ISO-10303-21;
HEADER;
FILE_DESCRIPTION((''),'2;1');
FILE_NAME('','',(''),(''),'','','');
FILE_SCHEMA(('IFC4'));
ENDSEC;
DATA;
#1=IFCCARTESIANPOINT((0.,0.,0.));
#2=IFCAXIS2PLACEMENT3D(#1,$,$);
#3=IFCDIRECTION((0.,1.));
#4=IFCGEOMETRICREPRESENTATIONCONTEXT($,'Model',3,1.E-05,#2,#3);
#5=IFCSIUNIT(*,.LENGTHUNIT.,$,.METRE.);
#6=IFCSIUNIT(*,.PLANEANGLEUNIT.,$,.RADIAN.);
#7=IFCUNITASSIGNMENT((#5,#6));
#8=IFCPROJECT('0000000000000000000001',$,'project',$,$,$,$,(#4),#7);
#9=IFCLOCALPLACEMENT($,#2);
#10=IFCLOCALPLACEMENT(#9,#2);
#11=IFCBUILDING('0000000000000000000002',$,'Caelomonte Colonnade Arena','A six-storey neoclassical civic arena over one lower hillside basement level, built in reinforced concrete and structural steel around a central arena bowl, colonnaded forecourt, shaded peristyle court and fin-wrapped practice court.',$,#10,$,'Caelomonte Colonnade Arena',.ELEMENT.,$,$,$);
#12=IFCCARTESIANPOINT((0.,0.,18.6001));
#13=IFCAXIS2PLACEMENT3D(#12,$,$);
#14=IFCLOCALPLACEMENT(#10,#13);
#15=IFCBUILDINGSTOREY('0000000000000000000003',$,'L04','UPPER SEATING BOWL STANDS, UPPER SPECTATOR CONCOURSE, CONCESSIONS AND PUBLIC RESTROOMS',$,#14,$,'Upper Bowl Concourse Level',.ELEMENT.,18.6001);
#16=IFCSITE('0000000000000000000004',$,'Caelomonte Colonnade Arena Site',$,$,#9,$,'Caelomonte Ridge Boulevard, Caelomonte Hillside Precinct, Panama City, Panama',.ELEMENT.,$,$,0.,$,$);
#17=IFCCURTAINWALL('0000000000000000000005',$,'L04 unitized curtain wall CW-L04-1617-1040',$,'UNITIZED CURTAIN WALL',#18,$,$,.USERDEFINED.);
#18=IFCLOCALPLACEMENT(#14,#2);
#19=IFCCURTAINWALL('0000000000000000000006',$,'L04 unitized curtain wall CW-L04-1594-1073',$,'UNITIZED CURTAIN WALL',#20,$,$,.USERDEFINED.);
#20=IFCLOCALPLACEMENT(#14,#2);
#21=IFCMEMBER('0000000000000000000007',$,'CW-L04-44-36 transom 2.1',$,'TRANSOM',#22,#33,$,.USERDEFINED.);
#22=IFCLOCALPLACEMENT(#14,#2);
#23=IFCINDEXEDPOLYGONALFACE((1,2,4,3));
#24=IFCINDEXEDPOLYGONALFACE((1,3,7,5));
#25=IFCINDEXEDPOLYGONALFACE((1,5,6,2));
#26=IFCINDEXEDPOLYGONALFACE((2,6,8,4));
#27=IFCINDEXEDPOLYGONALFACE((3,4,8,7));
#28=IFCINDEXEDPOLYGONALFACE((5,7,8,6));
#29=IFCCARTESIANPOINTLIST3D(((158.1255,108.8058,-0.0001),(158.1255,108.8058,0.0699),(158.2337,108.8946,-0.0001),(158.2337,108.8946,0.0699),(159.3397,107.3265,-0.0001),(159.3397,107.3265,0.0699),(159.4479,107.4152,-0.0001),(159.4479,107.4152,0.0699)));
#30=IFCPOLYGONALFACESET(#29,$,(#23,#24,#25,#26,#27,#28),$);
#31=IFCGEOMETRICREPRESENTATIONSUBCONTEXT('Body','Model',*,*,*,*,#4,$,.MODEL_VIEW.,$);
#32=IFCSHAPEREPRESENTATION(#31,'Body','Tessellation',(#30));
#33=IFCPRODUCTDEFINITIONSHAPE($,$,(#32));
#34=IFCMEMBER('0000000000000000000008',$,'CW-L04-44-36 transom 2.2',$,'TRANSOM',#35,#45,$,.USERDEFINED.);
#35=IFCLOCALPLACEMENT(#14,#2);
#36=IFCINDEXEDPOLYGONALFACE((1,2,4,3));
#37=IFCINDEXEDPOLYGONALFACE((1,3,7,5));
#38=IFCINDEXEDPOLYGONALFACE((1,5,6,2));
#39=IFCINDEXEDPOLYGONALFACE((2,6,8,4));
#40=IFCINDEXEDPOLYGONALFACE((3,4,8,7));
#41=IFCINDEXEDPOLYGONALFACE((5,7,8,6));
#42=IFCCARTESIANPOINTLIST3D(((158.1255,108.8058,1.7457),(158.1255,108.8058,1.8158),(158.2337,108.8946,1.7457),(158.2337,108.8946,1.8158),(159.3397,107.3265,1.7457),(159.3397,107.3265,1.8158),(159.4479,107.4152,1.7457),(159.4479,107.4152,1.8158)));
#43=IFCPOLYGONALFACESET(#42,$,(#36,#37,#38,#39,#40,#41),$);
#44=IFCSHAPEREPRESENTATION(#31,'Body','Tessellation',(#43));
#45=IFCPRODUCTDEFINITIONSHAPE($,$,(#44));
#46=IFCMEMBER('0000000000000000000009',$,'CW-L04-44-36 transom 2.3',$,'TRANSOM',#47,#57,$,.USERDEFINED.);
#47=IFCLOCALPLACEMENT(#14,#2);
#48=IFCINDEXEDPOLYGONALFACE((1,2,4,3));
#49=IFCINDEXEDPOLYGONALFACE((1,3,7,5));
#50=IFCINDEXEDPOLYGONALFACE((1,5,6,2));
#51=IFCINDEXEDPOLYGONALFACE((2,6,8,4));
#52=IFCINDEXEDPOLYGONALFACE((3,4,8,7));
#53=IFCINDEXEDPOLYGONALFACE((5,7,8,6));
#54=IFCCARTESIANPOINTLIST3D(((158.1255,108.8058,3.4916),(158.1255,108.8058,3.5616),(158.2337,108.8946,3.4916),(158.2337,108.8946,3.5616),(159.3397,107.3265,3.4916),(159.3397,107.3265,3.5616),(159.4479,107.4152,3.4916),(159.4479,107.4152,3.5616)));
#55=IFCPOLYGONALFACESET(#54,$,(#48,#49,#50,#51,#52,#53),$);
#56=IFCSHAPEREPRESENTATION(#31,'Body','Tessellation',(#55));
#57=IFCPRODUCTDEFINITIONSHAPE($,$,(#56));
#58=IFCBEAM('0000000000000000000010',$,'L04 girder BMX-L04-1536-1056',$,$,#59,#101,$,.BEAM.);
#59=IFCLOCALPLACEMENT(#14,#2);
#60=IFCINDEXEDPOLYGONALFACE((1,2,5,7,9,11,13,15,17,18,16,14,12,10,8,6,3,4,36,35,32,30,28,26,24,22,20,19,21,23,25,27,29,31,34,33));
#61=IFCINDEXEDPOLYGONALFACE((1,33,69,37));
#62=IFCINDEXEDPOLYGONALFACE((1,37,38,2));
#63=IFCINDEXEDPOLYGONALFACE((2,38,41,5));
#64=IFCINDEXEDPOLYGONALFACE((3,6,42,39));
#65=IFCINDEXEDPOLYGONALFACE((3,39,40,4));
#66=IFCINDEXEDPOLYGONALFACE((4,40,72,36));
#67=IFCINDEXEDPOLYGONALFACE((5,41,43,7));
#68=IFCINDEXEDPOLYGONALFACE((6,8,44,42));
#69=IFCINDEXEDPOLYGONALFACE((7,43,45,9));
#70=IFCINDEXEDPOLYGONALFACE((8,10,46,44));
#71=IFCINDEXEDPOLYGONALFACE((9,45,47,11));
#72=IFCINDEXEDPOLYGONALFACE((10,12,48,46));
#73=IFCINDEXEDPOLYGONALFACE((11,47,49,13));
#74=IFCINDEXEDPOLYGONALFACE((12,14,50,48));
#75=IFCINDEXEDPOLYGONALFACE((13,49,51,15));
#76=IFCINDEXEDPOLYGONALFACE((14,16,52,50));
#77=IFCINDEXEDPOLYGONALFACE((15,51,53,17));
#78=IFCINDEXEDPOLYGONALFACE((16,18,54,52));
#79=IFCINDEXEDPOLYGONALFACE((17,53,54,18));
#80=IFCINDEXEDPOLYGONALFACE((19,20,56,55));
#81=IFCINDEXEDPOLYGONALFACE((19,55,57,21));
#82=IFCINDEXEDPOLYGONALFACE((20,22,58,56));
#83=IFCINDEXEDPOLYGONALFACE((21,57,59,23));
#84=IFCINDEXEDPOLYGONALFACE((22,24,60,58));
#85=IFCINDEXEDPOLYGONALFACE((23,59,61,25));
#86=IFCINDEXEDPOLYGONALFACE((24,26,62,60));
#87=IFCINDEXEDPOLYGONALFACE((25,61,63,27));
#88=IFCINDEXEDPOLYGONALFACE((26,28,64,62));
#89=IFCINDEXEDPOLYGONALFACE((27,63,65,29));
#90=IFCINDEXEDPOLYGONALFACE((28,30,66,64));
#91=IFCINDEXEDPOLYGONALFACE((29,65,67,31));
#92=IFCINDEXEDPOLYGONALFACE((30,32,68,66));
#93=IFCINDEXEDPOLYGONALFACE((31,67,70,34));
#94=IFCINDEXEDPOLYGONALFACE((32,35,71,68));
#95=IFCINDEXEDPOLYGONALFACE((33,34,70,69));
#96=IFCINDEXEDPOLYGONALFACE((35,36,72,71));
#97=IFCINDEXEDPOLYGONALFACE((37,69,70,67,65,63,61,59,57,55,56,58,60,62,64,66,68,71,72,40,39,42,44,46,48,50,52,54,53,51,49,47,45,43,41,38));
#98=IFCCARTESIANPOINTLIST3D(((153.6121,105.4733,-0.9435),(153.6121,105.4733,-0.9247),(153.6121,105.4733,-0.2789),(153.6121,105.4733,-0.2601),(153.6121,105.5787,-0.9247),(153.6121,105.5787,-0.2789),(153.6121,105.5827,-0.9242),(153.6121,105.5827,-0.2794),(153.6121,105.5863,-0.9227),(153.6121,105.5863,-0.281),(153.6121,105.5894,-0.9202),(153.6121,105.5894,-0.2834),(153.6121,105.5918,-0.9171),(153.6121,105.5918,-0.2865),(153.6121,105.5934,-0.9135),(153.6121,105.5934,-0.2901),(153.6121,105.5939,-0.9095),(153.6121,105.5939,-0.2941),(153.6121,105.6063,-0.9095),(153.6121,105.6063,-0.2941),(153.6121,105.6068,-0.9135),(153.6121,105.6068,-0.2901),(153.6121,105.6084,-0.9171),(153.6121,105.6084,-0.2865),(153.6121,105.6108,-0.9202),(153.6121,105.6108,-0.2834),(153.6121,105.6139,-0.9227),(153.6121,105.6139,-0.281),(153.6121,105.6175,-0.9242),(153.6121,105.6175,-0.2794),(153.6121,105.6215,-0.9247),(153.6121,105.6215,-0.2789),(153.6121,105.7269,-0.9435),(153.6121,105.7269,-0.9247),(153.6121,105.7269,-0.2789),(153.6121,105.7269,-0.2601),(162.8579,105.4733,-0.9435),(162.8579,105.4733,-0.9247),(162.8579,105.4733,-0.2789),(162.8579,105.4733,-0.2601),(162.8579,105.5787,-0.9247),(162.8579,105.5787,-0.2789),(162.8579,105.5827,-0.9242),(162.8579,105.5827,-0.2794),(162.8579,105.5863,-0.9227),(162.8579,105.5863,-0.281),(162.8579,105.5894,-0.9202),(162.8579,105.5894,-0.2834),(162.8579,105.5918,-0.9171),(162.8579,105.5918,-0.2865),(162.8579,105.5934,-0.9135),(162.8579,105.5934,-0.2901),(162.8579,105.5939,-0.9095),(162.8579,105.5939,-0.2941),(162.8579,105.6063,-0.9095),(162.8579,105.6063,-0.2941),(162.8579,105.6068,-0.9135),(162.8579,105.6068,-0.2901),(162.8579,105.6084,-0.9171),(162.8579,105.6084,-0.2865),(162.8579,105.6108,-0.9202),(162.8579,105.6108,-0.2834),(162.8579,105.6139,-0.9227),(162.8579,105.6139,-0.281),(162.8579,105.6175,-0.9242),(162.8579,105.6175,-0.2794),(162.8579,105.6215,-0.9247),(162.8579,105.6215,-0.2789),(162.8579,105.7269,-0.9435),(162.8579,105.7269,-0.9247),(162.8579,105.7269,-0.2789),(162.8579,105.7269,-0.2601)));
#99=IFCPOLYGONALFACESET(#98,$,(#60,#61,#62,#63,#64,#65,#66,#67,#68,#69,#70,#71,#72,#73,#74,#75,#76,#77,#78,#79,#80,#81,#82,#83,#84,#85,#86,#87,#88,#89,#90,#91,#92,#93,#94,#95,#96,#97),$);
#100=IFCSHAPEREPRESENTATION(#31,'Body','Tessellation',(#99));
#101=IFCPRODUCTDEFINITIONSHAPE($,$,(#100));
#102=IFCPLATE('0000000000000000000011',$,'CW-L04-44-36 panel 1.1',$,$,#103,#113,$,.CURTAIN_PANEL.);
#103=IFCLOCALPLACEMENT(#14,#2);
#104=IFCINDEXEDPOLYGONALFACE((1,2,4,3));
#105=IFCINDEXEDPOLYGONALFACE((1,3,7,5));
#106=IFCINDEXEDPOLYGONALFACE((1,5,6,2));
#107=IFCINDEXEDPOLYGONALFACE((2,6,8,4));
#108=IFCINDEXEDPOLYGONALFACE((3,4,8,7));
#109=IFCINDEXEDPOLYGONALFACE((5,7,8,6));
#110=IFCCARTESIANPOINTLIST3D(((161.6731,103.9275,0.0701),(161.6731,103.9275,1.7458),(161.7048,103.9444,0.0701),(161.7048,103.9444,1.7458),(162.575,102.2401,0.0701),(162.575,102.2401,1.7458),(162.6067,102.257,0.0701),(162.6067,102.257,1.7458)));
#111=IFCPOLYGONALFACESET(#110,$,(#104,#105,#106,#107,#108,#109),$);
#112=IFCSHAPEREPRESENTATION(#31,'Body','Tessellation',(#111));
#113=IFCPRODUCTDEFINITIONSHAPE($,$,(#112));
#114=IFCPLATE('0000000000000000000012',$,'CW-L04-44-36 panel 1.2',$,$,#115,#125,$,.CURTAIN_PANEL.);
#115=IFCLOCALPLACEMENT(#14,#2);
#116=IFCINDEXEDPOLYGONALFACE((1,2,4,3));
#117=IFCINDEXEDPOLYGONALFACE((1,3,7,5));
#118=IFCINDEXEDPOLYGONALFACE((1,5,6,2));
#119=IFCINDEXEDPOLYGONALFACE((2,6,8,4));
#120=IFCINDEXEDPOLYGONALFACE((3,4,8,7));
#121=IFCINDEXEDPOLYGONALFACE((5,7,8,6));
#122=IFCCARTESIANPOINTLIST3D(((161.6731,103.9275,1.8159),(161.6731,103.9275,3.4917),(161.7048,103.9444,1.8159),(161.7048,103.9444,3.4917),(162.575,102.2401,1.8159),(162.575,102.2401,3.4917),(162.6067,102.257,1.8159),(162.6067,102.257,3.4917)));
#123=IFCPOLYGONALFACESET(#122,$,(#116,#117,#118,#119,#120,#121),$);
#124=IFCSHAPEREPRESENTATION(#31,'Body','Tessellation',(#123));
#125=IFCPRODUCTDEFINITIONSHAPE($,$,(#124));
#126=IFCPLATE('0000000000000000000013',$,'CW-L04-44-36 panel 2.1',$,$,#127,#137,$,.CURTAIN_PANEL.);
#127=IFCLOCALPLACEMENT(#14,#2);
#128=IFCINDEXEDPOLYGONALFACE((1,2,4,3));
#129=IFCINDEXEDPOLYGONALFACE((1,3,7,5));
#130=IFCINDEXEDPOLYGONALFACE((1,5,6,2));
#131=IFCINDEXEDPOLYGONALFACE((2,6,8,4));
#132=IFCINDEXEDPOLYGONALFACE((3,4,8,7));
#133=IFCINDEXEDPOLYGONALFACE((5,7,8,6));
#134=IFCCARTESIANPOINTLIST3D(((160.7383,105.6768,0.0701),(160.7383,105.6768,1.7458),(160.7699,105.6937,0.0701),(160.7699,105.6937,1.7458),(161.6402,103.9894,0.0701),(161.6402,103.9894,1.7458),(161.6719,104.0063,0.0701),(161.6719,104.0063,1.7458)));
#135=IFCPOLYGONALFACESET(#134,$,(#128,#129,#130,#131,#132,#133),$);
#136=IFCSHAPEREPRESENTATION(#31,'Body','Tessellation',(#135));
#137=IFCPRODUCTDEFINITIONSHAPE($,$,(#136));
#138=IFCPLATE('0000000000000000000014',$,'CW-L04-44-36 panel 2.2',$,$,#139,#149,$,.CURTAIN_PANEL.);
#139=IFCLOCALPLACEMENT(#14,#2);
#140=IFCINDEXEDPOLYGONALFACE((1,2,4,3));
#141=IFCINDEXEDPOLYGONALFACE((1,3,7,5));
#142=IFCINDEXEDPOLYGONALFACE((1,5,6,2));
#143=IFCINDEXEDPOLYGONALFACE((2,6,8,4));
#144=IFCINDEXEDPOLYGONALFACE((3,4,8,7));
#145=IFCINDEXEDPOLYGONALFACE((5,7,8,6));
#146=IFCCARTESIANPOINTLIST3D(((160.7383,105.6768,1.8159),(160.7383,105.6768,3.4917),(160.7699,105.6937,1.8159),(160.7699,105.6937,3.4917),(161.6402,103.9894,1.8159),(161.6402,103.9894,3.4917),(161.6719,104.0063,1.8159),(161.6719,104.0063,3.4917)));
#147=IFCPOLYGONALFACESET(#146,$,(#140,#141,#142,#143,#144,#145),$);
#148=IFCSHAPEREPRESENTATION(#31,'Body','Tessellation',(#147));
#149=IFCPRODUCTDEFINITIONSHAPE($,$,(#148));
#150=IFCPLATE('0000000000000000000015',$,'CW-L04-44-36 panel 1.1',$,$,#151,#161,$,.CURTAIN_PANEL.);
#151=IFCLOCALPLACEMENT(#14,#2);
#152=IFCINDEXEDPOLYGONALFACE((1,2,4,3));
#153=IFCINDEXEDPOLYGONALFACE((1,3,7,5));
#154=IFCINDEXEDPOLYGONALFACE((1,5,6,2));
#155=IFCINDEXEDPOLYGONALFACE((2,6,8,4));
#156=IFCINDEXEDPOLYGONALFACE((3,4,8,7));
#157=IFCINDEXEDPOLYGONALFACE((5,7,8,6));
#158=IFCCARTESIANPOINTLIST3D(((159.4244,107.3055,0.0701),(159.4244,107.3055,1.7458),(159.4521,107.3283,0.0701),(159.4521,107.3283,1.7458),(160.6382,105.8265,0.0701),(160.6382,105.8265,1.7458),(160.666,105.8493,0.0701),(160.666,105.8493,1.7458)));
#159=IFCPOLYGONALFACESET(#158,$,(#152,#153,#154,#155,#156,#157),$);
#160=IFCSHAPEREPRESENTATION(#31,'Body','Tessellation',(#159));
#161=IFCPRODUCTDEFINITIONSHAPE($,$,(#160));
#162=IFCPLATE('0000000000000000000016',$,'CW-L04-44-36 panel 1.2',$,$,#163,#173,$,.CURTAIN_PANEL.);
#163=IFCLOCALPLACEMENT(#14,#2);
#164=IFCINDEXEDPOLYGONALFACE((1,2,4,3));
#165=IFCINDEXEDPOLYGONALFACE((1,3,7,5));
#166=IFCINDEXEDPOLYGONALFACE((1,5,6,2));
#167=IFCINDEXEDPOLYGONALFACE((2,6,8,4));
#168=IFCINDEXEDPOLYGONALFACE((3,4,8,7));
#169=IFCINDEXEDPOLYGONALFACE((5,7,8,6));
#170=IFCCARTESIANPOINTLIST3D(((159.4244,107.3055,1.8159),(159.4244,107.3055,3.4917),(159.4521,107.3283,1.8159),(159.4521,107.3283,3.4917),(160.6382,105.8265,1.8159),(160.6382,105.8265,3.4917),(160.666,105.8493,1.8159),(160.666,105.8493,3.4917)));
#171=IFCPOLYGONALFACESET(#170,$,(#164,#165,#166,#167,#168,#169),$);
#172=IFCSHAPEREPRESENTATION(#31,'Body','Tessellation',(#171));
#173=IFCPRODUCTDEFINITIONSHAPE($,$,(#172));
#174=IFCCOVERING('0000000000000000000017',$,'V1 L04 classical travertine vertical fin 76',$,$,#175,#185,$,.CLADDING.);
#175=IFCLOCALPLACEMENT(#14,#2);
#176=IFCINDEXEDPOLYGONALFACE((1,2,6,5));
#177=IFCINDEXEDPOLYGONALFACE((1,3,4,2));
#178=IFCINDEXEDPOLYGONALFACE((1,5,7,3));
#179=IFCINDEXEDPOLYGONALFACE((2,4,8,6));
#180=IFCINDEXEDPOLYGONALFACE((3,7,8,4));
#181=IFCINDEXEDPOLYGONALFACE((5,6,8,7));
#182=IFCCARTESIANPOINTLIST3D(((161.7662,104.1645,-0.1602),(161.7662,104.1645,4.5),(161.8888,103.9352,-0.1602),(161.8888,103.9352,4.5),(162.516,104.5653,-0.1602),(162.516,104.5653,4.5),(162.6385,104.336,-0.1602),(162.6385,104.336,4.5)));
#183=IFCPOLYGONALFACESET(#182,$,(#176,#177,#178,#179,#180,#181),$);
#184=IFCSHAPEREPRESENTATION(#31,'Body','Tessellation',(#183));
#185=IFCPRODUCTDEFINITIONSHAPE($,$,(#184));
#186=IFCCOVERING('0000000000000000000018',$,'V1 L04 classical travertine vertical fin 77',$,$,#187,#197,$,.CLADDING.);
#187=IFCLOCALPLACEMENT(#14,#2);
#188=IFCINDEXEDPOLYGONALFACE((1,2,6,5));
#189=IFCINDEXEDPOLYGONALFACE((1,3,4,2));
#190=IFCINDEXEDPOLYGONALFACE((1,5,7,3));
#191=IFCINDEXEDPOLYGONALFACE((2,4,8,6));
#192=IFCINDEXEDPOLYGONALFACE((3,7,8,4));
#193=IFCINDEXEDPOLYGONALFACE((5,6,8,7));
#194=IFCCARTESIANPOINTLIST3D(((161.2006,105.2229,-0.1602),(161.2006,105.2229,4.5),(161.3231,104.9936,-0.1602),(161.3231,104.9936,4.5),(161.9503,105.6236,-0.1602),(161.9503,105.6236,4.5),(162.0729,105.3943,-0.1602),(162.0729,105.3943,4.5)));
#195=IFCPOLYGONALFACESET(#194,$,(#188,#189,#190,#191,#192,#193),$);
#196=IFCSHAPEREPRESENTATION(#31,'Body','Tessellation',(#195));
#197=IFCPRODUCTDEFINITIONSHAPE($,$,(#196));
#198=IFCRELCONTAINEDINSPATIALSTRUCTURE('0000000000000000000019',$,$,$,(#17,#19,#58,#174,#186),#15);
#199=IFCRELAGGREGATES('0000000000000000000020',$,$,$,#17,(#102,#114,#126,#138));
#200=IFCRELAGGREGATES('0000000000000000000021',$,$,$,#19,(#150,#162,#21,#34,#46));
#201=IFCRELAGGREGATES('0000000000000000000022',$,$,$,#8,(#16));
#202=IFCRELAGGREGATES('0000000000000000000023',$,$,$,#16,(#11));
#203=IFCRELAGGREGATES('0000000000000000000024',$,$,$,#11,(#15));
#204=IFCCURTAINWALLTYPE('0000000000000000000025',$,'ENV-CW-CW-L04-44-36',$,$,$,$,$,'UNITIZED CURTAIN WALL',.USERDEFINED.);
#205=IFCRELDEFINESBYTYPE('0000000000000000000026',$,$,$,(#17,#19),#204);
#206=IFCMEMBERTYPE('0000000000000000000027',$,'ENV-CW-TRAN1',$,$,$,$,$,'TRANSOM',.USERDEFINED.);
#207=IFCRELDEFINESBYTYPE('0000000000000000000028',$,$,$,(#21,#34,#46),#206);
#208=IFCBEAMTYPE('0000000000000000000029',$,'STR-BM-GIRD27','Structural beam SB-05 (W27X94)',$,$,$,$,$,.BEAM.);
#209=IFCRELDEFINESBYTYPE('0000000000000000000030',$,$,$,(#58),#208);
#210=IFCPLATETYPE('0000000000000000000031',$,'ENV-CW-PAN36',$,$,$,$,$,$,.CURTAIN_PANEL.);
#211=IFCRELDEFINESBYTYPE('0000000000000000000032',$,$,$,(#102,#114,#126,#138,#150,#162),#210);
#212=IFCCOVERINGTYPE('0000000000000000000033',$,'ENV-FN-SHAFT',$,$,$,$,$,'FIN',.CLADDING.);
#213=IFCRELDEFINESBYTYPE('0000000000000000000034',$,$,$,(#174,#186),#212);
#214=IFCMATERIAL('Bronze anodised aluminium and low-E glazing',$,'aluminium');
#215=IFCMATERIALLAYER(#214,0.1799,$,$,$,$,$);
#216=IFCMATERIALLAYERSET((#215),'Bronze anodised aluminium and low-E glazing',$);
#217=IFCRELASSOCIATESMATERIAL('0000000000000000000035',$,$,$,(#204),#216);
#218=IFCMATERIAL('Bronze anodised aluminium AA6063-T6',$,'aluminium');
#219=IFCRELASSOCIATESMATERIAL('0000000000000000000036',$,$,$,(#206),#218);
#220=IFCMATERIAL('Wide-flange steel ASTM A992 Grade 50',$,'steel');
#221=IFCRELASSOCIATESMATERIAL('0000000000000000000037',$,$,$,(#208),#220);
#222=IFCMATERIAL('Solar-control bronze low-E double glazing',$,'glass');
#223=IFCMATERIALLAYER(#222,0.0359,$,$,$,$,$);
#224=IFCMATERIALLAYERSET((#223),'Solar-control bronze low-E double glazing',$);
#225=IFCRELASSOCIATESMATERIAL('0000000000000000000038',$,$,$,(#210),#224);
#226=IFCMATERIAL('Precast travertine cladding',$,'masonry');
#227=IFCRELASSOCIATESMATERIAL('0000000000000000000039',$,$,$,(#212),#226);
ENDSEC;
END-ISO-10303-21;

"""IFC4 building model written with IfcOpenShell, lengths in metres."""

from ifc_helpers import new_model, si_unit, direction, frame, origin, origin_2d, place, context, subcontext, project, spatial, rectangle, i_section, extrude, material, layer, layer_set, material_profile, profile_set, type_object, element, aggregate, save


model = new_model("IFC4")

# Units and contexts
model_context = context("Model", 3, precision=1e-05, world=origin(), true_north=direction((0.0, 1.0)))
body_context = subcontext(model_context, "Body", "Model", "MODEL_VIEW")
ifc_project = project(units=[si_unit("LENGTHUNIT", "METRE"), si_unit("PLANEANGLEUNIT", "RADIAN")], contexts=[model_context])

# Site, building, storey
site_placement = place(None, origin())
site = spatial("IfcSite", under=ifc_project, at=site_placement, Name="Caelomonte Colonnade Arena Site", LongName="Caelomonte Ridge Boulevard, Caelomonte Hillside Precinct, Panama City, Panama", CompositionType="ELEMENT", RefElevation=0.0)
building_placement = place(site_placement, origin())
building = spatial("IfcBuilding", under=site, at=building_placement, Name="Caelomonte Colonnade Arena", Description="A six-storey neoclassical civic arena over one lower hillside basement level, built in reinforced concrete and structural steel around a central arena bowl, colonnaded forecourt, shaded peristyle court and fin-wrapped practice court.", LongName="Caelomonte Colonnade Arena", CompositionType="ELEMENT")
storey_placement = place(building_placement, frame((0.0, 0.0, 18.6001)))
storey = spatial("IfcBuildingStorey", under=building, at=storey_placement, Name="L04", Description="UPPER SEATING BOWL STANDS, UPPER SPECTATOR CONCOURSE, CONCESSIONS AND PUBLIC RESTROOMS", LongName="Upper Bowl Concourse Level", CompositionType="ELEMENT", Elevation=18.6001)

# Curtain walls
ifc_material_1 = material(Name="Bronze anodised aluminium and low-E glazing", Category="aluminium")
ifc_layer_1 = layer(ifc_material_1, 0.1799)
ifc_layer_set_1 = layer_set([ifc_layer_1], Name="Bronze anodised aluminium and low-E glazing")
curtain_wall_type = type_object("IfcCurtainWallType", Name="ENV-CW-CW-L04-44-36", ElementType="UNITIZED CURTAIN WALL", PredefinedType="USERDEFINED", material=ifc_layer_set_1)
curtain_wall_1_placement = place(storey_placement, origin())
curtain_wall_1 = element("IfcCurtainWall", 1, at=curtain_wall_1_placement, inside=storey, type_object=curtain_wall_type, Name="L04 unitized curtain wall CW-L04-1617-1040", ObjectType="UNITIZED CURTAIN WALL", PredefinedType="USERDEFINED")
ifc_material_2 = material(Name="Bronze anodised aluminium AA6063-T6", Category="aluminium")
curtain_wall_2_placement = place(storey_placement, origin())
curtain_wall_2 = element("IfcCurtainWall", 2, at=curtain_wall_2_placement, inside=storey, type_object=curtain_wall_type, Name="L04 unitized curtain wall CW-L04-1594-1073", ObjectType="UNITIZED CURTAIN WALL", PredefinedType="USERDEFINED")

# Members
ifc_material_profile_1 = material_profile(ifc_material_2, rectangle(XDim=0.0701, YDim=0.1399, at=origin_2d()), Name="CWT-70X140")
ifc_profile_set_1 = profile_set([ifc_material_profile_1], Name="Bronze anodised aluminium AA6063-T6")
member_type_1 = type_object("IfcMemberType", Name="ENV-CW-TRAN1", ElementType="TRANSOM", PredefinedType="USERDEFINED", material=ifc_profile_set_1)
member_1_placement = place(storey_placement, frame((159.3938, 107.3708, 0.0349), z_axis=(-0.634432, 0.772979, 0.0), x_axis=(0.0, 0.0, 1.0)))
member_1 = element("IfcMember", 3, at=member_1_placement, type_object=member_type_1, Name="CW-L04-44-36 transom 2.1", ObjectType="TRANSOM", PredefinedType="USERDEFINED", context=body_context, shape_type="SweptSolid", body=[
    extrude(rectangle(XDim=0.0701, YDim=0.1399, at=origin_2d()), origin(), (0.0, 0.0, 1.0), 1.9138),
])
member_2_placement = place(storey_placement, frame((159.3938, 107.3708, 1.7808), z_axis=(-0.634432, 0.772979, 0.0), x_axis=(0.0, 0.0, 1.0)))
member_2 = element("IfcMember", 4, at=member_2_placement, type_object=member_type_1, Name="CW-L04-44-36 transom 2.2", ObjectType="TRANSOM", PredefinedType="USERDEFINED", context=body_context, shape_type="SweptSolid", body=[
    extrude(rectangle(XDim=0.0701, YDim=0.1399, at=origin_2d()), origin(), (0.0, 0.0, 1.0), 1.9138),
])
member_3_placement = place(storey_placement, frame((159.3938, 107.3708, 3.5266), z_axis=(-0.634432, 0.772979, 0.0), x_axis=(0.0, 0.0, 1.0)))
member_3 = element("IfcMember", 5, at=member_3_placement, type_object=member_type_1, Name="CW-L04-44-36 transom 2.3", ObjectType="TRANSOM", PredefinedType="USERDEFINED", context=body_context, shape_type="SweptSolid", body=[
    extrude(rectangle(XDim=0.0701, YDim=0.1399, at=origin_2d()), origin(), (0.0, 0.0, 1.0), 1.9138),
])

# Beam
ifc_material_3 = material(Name="Wide-flange steel ASTM A992 Grade 50", Category="steel")
ifc_material_profile_2 = material_profile(ifc_material_3, i_section(OverallWidth=0.2537, OverallDepth=0.6833, WebThickness=0.0125, FlangeThickness=0.0188, FilletRadius=0.0151, at=origin_2d()), Name="W27X94")
ifc_profile_set_2 = profile_set([ifc_material_profile_2], Name="Wide-flange steel ASTM A992 Grade 50")
beam_type = type_object("IfcBeamType", Name="STR-BM-GIRD27", Description="Structural beam SB-05 (W27X94)", PredefinedType="BEAM", material=ifc_profile_set_2)
beam_placement = place(storey_placement, frame((153.6121, 105.6001, -0.6018), z_axis=(1.0, 0.0, 0.0), x_axis=(0.0, 1.0, 0.0)))
element("IfcBeam", 6, at=beam_placement, inside=storey, type_object=beam_type, Name="L04 girder BMX-L04-1536-1056", PredefinedType="BEAM", context=body_context, shape_type="SweptSolid", body=[
    extrude(i_section(OverallWidth=0.2537, OverallDepth=0.6833, WebThickness=0.0125, FlangeThickness=0.0188, FilletRadius=0.0151, at=origin_2d()), origin(), (0.0, 0.0, 1.0), 9.2458),
])

# Plates
ifc_material_4 = material(Name="Solar-control bronze low-E double glazing", Category="glass")
ifc_layer_2 = layer(ifc_material_4, 0.0359)
ifc_layer_set_2 = layer_set([ifc_layer_2], Name="Solar-control bronze low-E double glazing")
plate_type = type_object("IfcPlateType", Name="ENV-CW-PAN36", PredefinedType="CURTAIN_PANEL", material=ifc_layer_set_2)
plate_1_placement = place(storey_placement, frame((162.1399, 103.0923, 0.0701), z_axis=(0.0, 0.0, 1.0), x_axis=(-0.471394, 0.881923, 0.0)))
plate_1 = element("IfcPlate", 7, at=plate_1_placement, type_object=plate_type, Name="CW-L04-44-36 panel 1.1", PredefinedType="CURTAIN_PANEL", context=body_context, shape_type="SweptSolid", body=[
    extrude(rectangle(XDim=1.9133, YDim=0.0359, at=origin_2d()), origin(), (0.0, 0.0, 1.0), 1.6758),
])
plate_2_placement = place(storey_placement, frame((162.1399, 103.0923, 1.8159), z_axis=(0.0, 0.0, 1.0), x_axis=(-0.471394, 0.881923, 0.0)))
plate_2 = element("IfcPlate", 8, at=plate_2_placement, type_object=plate_type, Name="CW-L04-44-36 panel 1.2", PredefinedType="CURTAIN_PANEL", context=body_context, shape_type="SweptSolid", body=[
    extrude(rectangle(XDim=1.9133, YDim=0.0359, at=origin_2d()), origin(), (0.0, 0.0, 1.0), 1.6758),
])
plate_3_placement = place(storey_placement, frame((161.2051, 104.8416, 0.0701), z_axis=(0.0, 0.0, 1.0), x_axis=(-0.471394, 0.881923, 0.0)))
plate_3 = element("IfcPlate", 9, at=plate_3_placement, type_object=plate_type, Name="CW-L04-44-36 panel 2.1", PredefinedType="CURTAIN_PANEL", context=body_context, shape_type="SweptSolid", body=[
    extrude(rectangle(XDim=1.9133, YDim=0.0359, at=origin_2d()), origin(), (0.0, 0.0, 1.0), 1.6758),
])
plate_4_placement = place(storey_placement, frame((161.2051, 104.8416, 1.8159), z_axis=(0.0, 0.0, 1.0), x_axis=(-0.471394, 0.881923, 0.0)))
plate_4 = element("IfcPlate", 10, at=plate_4_placement, type_object=plate_type, Name="CW-L04-44-36 panel 2.2", PredefinedType="CURTAIN_PANEL", context=body_context, shape_type="SweptSolid", body=[
    extrude(rectangle(XDim=1.9133, YDim=0.0359, at=origin_2d()), origin(), (0.0, 0.0, 1.0), 1.6758),
])
aggregate(curtain_wall_1, [plate_1, plate_2, plate_3, plate_4])
plate_5_placement = place(storey_placement, frame((160.0452, 106.5774, 0.0701), z_axis=(0.0, 0.0, 1.0), x_axis=(-0.634416, 0.772992, 0.0)))
plate_5 = element("IfcPlate", 11, at=plate_5_placement, type_object=plate_type, Name="CW-L04-44-36 panel 1.1", PredefinedType="CURTAIN_PANEL", context=body_context, shape_type="SweptSolid", body=[
    extrude(rectangle(XDim=1.9133, YDim=0.0359, at=origin_2d()), origin(), (0.0, 0.0, 1.0), 1.6758),
])
plate_6_placement = place(storey_placement, frame((160.0452, 106.5774, 1.8159), z_axis=(0.0, 0.0, 1.0), x_axis=(-0.634416, 0.772992, 0.0)))
plate_6 = element("IfcPlate", 12, at=plate_6_placement, type_object=plate_type, Name="CW-L04-44-36 panel 1.2", PredefinedType="CURTAIN_PANEL", context=body_context, shape_type="SweptSolid", body=[
    extrude(rectangle(XDim=1.9133, YDim=0.0359, at=origin_2d()), origin(), (0.0, 0.0, 1.0), 1.6758),
])
aggregate(curtain_wall_2, [plate_5, plate_6, member_1, member_2, member_3])

# Coverings
ifc_material_5 = material(Name="Precast travertine cladding", Category="masonry")
ifc_material_profile_3 = material_profile(ifc_material_5, rectangle(XDim=0.26, YDim=0.8501, at=origin_2d()), Name="FIN260X850")
ifc_profile_set_3 = profile_set([ifc_material_profile_3], Name="Precast travertine cladding")
covering_type = type_object("IfcCoveringType", Name="ENV-FN-SHAFT", ElementType="FIN", PredefinedType="CLADDING", material=ifc_profile_set_3)
for number, where, z_axis, x_axis, name in (
    (13, (162.2024, 104.2502, -0.1602), (0.0, 0.0, 1.0), (0.471397, -0.881921, 0.0), "V1 L04 classical travertine vertical fin 76"),
    (14, (161.6367, 105.3086, -0.1602), (0.0, 0.0, 1.0), (0.471397, -0.881921, 0.0), "V1 L04 classical travertine vertical fin 77"),
):
    element("IfcCovering", number, at=place(storey_placement, frame(where, z_axis=z_axis, x_axis=x_axis)), inside=storey, type_object=covering_type, Name=name, PredefinedType="CLADDING", context=body_context, shape_type="SweptSolid", body=[
        extrude(rectangle(XDim=0.26, YDim=0.8501, at=origin_2d()), origin(), (0.0, 0.0, 1.0), 4.6602),
    ])

save(model, "model.ifc")
